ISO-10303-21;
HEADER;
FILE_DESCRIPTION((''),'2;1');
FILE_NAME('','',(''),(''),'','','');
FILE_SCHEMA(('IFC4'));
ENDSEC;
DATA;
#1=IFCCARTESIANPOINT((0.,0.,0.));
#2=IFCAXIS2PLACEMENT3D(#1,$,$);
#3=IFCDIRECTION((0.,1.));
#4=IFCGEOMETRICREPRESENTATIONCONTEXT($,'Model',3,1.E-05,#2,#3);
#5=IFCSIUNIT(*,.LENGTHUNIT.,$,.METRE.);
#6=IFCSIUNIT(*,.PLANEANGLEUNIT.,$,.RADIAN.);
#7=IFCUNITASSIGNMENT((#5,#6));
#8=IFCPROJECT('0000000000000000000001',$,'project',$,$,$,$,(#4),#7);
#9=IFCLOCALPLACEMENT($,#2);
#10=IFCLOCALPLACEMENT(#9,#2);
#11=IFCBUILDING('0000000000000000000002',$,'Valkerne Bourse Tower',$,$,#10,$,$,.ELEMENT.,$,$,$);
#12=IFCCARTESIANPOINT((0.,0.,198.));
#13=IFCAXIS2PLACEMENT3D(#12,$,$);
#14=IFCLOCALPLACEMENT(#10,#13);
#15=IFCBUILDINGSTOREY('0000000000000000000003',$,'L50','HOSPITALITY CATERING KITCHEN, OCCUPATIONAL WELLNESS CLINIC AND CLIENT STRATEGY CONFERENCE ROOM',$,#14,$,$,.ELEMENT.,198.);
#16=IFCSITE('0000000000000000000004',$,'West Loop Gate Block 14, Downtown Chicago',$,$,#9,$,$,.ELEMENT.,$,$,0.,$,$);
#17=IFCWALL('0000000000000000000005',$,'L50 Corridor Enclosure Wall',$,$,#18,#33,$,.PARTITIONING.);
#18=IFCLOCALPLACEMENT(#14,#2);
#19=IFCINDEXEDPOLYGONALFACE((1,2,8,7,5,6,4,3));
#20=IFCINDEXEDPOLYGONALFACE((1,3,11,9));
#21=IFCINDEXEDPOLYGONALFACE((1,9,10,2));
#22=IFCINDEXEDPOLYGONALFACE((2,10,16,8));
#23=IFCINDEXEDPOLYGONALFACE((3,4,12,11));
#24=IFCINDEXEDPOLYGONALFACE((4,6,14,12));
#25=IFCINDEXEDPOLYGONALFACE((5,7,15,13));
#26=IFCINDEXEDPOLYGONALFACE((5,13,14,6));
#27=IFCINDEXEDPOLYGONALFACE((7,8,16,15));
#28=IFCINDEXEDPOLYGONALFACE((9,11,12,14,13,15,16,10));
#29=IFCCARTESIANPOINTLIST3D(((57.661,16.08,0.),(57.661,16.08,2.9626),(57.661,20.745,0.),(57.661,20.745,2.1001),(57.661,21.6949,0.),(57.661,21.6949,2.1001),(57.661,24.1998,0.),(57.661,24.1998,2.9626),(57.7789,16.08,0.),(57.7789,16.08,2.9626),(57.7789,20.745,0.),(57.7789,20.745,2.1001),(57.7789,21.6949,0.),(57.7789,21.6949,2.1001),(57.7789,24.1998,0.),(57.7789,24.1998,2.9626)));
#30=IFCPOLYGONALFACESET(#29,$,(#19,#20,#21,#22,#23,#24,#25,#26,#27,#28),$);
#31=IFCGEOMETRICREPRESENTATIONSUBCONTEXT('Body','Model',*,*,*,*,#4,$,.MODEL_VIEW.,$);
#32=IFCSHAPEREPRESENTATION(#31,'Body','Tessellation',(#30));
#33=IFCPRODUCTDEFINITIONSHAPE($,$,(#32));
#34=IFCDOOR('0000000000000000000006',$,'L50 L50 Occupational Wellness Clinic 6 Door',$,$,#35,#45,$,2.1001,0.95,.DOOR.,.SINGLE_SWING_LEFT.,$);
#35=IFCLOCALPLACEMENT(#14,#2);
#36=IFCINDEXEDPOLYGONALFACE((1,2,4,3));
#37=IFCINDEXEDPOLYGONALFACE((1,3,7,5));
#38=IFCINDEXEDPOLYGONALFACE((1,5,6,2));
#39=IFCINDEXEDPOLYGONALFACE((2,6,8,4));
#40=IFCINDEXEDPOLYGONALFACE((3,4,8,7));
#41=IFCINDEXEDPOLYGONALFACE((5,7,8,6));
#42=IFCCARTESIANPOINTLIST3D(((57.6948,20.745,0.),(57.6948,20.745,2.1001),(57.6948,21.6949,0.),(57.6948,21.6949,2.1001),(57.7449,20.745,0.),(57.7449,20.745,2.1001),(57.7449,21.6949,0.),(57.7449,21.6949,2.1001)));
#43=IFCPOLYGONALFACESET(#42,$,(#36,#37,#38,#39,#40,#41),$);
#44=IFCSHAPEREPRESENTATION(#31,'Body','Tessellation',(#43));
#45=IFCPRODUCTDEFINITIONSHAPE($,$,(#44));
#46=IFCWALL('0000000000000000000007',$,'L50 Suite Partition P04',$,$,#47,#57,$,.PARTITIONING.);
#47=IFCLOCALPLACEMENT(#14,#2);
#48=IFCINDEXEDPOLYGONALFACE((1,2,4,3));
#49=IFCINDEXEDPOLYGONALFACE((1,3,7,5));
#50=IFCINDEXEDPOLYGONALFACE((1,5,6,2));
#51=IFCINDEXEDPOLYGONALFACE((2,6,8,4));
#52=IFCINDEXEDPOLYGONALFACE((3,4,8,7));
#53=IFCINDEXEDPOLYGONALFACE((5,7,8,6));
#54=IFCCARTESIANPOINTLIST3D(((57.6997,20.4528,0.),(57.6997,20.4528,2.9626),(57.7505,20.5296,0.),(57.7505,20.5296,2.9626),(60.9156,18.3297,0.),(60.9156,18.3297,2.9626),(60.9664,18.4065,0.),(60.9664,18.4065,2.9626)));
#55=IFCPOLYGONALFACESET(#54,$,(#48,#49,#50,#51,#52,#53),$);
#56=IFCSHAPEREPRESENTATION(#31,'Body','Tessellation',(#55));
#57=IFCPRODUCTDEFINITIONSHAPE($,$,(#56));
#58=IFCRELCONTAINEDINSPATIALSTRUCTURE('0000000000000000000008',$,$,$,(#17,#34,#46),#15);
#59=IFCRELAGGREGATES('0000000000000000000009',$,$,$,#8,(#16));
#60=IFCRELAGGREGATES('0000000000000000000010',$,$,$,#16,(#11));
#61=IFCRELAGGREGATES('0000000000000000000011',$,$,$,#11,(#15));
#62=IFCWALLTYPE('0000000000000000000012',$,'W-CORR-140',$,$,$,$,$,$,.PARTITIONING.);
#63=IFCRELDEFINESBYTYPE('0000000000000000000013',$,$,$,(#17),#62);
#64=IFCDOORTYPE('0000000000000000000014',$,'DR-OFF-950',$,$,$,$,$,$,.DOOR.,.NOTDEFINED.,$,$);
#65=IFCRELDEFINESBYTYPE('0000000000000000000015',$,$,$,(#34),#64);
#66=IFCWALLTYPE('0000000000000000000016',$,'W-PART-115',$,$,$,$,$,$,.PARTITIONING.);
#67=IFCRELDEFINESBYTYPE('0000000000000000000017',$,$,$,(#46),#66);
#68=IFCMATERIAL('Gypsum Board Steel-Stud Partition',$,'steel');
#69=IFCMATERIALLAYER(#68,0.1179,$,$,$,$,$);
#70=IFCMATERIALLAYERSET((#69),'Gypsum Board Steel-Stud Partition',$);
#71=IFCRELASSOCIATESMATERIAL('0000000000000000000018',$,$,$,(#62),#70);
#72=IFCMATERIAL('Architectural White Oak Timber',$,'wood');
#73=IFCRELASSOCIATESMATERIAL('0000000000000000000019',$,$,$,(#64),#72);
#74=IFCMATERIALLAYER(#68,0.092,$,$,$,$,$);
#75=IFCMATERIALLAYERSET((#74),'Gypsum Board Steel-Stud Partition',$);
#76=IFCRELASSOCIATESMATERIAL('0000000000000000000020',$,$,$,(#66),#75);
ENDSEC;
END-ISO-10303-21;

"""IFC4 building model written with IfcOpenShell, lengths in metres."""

from ifc_helpers import new_model, si_unit, direction, frame, frame_2d, origin, place, context, subcontext, project, spatial, rectangle, extrude, material, layer, layer_set, type_object, element, fill, save


model = new_model("IFC4")

# Units and contexts
model_context = context("Model", 3, precision=1e-05, world=origin(), true_north=direction((0.0, 1.0)))
body_context = subcontext(model_context, "Body", "Model", "MODEL_VIEW")
ifc_project = project(units=[si_unit("LENGTHUNIT", "METRE"), si_unit("PLANEANGLEUNIT", "RADIAN")], contexts=[model_context])

# Site, building, storey
site_placement = place(None, origin())
site = spatial("IfcSite", under=ifc_project, at=site_placement, Name="West Loop Gate Block 14, Downtown Chicago", CompositionType="ELEMENT", RefElevation=0.0)
building_placement = place(site_placement, origin())
building = spatial("IfcBuilding", under=site, at=building_placement, Name="Valkerne Bourse Tower", CompositionType="ELEMENT")
storey_placement = place(building_placement, frame((0.0, 0.0, 198.0)))
storey = spatial("IfcBuildingStorey", under=building, at=storey_placement, Name="L50", Description="HOSPITALITY CATERING KITCHEN, OCCUPATIONAL WELLNESS CLINIC AND CLIENT STRATEGY CONFERENCE ROOM", CompositionType="ELEMENT", Elevation=198.0)

# Shared definitions
ifc_material_1 = material(Name="Gypsum Board Steel-Stud Partition", Category="steel")
ifc_layer_1 = layer(ifc_material_1, 0.1179)
ifc_layer_set_1 = layer_set([ifc_layer_1], Name="Gypsum Board Steel-Stud Partition")
wall_type_1 = type_object("IfcWallType", Name="W-CORR-140", PredefinedType="PARTITIONING", material=ifc_layer_set_1)
ifc_material_2 = material(Name="Architectural White Oak Timber", Category="wood")

# Wall, opening, door
wall_1_placement = place(storey_placement, frame((57.72, 24.2, 0.0), z_axis=(0.0, 0.0, 1.0), x_axis=(0.0, -1.0, 0.0)))
wall_1 = element("IfcWall", 1, at=wall_1_placement, inside=storey, type_object=wall_type_1, Name="L50 Corridor Enclosure Wall", PredefinedType="PARTITIONING", context=body_context, shape_type="SweptSolid", body=[
    extrude(rectangle(XDim=8.1199, YDim=0.1179, at=frame_2d((4.0601, 0.0))), origin(), (0.0, 0.0, 1.0), 2.9626),
])
opening_1_placement = place(wall_1_placement, frame((2.5049, 0.0, 0.0)))
opening_1 = element("IfcOpeningElement", 2, at=opening_1_placement, cuts=wall_1, PredefinedType="OPENING", context=body_context, shape_type="SweptSolid", body=[
    extrude(rectangle(XDim=0.95, YDim=2.1001, at=frame_2d((0.4751, 1.05))), frame((0.0, 0.0688, 0.0), z_axis=(0.0, -1.0, 0.0), x_axis=(1.0, 0.0, 0.0)), (0.0, 0.0, 1.0), 0.1379),
])
door_type_1 = type_object("IfcDoorType", Name="DR-OFF-950", OperationType="NOTDEFINED", PredefinedType="DOOR", material=ifc_material_2)
door_1_placement = place(opening_1_placement, origin())
door_1 = element("IfcDoor", 3, at=door_1_placement, inside=storey, type_object=door_type_1, Name="L50 L50 Occupational Wellness Clinic 6 Door", OperationType="SINGLE_SWING_LEFT", OverallHeight=2.1001, OverallWidth=0.95, PredefinedType="DOOR", context=body_context, shape_type="SweptSolid", body=[
    extrude(rectangle(XDim=0.95, YDim=2.1001, at=frame_2d((0.4751, 1.05))), frame((0.0, 0.0249, 0.0), z_axis=(0.0, -1.0, 0.0), x_axis=(1.0, 0.0, 0.0)), (0.0, 0.0, 1.0), 0.05),
])
fill(opening_1, door_1)

# Wall
ifc_layer_2 = layer(ifc_material_1, 0.092)
ifc_layer_set_2 = layer_set([ifc_layer_2], Name="Gypsum Board Steel-Stud Partition")
wall_type_2 = type_object("IfcWallType", Name="W-PART-115", PredefinedType="PARTITIONING", material=ifc_layer_set_2)
wall_2_placement = place(storey_placement, frame((57.7251, 20.4912, 0.0), z_axis=(0.0, 0.0, 1.0), x_axis=(0.834537, -0.550952, 0.0)))
element("IfcWall", 4, at=wall_2_placement, inside=storey, type_object=wall_type_2, Name="L50 Suite Partition P04", PredefinedType="PARTITIONING", context=body_context, shape_type="SweptSolid", body=[
    extrude(rectangle(XDim=3.8535, YDim=0.092, at=frame_2d((1.9268, 0.0))), origin(), (0.0, 0.0, 1.0), 2.9626),
])

save(model, "model.ifc")
